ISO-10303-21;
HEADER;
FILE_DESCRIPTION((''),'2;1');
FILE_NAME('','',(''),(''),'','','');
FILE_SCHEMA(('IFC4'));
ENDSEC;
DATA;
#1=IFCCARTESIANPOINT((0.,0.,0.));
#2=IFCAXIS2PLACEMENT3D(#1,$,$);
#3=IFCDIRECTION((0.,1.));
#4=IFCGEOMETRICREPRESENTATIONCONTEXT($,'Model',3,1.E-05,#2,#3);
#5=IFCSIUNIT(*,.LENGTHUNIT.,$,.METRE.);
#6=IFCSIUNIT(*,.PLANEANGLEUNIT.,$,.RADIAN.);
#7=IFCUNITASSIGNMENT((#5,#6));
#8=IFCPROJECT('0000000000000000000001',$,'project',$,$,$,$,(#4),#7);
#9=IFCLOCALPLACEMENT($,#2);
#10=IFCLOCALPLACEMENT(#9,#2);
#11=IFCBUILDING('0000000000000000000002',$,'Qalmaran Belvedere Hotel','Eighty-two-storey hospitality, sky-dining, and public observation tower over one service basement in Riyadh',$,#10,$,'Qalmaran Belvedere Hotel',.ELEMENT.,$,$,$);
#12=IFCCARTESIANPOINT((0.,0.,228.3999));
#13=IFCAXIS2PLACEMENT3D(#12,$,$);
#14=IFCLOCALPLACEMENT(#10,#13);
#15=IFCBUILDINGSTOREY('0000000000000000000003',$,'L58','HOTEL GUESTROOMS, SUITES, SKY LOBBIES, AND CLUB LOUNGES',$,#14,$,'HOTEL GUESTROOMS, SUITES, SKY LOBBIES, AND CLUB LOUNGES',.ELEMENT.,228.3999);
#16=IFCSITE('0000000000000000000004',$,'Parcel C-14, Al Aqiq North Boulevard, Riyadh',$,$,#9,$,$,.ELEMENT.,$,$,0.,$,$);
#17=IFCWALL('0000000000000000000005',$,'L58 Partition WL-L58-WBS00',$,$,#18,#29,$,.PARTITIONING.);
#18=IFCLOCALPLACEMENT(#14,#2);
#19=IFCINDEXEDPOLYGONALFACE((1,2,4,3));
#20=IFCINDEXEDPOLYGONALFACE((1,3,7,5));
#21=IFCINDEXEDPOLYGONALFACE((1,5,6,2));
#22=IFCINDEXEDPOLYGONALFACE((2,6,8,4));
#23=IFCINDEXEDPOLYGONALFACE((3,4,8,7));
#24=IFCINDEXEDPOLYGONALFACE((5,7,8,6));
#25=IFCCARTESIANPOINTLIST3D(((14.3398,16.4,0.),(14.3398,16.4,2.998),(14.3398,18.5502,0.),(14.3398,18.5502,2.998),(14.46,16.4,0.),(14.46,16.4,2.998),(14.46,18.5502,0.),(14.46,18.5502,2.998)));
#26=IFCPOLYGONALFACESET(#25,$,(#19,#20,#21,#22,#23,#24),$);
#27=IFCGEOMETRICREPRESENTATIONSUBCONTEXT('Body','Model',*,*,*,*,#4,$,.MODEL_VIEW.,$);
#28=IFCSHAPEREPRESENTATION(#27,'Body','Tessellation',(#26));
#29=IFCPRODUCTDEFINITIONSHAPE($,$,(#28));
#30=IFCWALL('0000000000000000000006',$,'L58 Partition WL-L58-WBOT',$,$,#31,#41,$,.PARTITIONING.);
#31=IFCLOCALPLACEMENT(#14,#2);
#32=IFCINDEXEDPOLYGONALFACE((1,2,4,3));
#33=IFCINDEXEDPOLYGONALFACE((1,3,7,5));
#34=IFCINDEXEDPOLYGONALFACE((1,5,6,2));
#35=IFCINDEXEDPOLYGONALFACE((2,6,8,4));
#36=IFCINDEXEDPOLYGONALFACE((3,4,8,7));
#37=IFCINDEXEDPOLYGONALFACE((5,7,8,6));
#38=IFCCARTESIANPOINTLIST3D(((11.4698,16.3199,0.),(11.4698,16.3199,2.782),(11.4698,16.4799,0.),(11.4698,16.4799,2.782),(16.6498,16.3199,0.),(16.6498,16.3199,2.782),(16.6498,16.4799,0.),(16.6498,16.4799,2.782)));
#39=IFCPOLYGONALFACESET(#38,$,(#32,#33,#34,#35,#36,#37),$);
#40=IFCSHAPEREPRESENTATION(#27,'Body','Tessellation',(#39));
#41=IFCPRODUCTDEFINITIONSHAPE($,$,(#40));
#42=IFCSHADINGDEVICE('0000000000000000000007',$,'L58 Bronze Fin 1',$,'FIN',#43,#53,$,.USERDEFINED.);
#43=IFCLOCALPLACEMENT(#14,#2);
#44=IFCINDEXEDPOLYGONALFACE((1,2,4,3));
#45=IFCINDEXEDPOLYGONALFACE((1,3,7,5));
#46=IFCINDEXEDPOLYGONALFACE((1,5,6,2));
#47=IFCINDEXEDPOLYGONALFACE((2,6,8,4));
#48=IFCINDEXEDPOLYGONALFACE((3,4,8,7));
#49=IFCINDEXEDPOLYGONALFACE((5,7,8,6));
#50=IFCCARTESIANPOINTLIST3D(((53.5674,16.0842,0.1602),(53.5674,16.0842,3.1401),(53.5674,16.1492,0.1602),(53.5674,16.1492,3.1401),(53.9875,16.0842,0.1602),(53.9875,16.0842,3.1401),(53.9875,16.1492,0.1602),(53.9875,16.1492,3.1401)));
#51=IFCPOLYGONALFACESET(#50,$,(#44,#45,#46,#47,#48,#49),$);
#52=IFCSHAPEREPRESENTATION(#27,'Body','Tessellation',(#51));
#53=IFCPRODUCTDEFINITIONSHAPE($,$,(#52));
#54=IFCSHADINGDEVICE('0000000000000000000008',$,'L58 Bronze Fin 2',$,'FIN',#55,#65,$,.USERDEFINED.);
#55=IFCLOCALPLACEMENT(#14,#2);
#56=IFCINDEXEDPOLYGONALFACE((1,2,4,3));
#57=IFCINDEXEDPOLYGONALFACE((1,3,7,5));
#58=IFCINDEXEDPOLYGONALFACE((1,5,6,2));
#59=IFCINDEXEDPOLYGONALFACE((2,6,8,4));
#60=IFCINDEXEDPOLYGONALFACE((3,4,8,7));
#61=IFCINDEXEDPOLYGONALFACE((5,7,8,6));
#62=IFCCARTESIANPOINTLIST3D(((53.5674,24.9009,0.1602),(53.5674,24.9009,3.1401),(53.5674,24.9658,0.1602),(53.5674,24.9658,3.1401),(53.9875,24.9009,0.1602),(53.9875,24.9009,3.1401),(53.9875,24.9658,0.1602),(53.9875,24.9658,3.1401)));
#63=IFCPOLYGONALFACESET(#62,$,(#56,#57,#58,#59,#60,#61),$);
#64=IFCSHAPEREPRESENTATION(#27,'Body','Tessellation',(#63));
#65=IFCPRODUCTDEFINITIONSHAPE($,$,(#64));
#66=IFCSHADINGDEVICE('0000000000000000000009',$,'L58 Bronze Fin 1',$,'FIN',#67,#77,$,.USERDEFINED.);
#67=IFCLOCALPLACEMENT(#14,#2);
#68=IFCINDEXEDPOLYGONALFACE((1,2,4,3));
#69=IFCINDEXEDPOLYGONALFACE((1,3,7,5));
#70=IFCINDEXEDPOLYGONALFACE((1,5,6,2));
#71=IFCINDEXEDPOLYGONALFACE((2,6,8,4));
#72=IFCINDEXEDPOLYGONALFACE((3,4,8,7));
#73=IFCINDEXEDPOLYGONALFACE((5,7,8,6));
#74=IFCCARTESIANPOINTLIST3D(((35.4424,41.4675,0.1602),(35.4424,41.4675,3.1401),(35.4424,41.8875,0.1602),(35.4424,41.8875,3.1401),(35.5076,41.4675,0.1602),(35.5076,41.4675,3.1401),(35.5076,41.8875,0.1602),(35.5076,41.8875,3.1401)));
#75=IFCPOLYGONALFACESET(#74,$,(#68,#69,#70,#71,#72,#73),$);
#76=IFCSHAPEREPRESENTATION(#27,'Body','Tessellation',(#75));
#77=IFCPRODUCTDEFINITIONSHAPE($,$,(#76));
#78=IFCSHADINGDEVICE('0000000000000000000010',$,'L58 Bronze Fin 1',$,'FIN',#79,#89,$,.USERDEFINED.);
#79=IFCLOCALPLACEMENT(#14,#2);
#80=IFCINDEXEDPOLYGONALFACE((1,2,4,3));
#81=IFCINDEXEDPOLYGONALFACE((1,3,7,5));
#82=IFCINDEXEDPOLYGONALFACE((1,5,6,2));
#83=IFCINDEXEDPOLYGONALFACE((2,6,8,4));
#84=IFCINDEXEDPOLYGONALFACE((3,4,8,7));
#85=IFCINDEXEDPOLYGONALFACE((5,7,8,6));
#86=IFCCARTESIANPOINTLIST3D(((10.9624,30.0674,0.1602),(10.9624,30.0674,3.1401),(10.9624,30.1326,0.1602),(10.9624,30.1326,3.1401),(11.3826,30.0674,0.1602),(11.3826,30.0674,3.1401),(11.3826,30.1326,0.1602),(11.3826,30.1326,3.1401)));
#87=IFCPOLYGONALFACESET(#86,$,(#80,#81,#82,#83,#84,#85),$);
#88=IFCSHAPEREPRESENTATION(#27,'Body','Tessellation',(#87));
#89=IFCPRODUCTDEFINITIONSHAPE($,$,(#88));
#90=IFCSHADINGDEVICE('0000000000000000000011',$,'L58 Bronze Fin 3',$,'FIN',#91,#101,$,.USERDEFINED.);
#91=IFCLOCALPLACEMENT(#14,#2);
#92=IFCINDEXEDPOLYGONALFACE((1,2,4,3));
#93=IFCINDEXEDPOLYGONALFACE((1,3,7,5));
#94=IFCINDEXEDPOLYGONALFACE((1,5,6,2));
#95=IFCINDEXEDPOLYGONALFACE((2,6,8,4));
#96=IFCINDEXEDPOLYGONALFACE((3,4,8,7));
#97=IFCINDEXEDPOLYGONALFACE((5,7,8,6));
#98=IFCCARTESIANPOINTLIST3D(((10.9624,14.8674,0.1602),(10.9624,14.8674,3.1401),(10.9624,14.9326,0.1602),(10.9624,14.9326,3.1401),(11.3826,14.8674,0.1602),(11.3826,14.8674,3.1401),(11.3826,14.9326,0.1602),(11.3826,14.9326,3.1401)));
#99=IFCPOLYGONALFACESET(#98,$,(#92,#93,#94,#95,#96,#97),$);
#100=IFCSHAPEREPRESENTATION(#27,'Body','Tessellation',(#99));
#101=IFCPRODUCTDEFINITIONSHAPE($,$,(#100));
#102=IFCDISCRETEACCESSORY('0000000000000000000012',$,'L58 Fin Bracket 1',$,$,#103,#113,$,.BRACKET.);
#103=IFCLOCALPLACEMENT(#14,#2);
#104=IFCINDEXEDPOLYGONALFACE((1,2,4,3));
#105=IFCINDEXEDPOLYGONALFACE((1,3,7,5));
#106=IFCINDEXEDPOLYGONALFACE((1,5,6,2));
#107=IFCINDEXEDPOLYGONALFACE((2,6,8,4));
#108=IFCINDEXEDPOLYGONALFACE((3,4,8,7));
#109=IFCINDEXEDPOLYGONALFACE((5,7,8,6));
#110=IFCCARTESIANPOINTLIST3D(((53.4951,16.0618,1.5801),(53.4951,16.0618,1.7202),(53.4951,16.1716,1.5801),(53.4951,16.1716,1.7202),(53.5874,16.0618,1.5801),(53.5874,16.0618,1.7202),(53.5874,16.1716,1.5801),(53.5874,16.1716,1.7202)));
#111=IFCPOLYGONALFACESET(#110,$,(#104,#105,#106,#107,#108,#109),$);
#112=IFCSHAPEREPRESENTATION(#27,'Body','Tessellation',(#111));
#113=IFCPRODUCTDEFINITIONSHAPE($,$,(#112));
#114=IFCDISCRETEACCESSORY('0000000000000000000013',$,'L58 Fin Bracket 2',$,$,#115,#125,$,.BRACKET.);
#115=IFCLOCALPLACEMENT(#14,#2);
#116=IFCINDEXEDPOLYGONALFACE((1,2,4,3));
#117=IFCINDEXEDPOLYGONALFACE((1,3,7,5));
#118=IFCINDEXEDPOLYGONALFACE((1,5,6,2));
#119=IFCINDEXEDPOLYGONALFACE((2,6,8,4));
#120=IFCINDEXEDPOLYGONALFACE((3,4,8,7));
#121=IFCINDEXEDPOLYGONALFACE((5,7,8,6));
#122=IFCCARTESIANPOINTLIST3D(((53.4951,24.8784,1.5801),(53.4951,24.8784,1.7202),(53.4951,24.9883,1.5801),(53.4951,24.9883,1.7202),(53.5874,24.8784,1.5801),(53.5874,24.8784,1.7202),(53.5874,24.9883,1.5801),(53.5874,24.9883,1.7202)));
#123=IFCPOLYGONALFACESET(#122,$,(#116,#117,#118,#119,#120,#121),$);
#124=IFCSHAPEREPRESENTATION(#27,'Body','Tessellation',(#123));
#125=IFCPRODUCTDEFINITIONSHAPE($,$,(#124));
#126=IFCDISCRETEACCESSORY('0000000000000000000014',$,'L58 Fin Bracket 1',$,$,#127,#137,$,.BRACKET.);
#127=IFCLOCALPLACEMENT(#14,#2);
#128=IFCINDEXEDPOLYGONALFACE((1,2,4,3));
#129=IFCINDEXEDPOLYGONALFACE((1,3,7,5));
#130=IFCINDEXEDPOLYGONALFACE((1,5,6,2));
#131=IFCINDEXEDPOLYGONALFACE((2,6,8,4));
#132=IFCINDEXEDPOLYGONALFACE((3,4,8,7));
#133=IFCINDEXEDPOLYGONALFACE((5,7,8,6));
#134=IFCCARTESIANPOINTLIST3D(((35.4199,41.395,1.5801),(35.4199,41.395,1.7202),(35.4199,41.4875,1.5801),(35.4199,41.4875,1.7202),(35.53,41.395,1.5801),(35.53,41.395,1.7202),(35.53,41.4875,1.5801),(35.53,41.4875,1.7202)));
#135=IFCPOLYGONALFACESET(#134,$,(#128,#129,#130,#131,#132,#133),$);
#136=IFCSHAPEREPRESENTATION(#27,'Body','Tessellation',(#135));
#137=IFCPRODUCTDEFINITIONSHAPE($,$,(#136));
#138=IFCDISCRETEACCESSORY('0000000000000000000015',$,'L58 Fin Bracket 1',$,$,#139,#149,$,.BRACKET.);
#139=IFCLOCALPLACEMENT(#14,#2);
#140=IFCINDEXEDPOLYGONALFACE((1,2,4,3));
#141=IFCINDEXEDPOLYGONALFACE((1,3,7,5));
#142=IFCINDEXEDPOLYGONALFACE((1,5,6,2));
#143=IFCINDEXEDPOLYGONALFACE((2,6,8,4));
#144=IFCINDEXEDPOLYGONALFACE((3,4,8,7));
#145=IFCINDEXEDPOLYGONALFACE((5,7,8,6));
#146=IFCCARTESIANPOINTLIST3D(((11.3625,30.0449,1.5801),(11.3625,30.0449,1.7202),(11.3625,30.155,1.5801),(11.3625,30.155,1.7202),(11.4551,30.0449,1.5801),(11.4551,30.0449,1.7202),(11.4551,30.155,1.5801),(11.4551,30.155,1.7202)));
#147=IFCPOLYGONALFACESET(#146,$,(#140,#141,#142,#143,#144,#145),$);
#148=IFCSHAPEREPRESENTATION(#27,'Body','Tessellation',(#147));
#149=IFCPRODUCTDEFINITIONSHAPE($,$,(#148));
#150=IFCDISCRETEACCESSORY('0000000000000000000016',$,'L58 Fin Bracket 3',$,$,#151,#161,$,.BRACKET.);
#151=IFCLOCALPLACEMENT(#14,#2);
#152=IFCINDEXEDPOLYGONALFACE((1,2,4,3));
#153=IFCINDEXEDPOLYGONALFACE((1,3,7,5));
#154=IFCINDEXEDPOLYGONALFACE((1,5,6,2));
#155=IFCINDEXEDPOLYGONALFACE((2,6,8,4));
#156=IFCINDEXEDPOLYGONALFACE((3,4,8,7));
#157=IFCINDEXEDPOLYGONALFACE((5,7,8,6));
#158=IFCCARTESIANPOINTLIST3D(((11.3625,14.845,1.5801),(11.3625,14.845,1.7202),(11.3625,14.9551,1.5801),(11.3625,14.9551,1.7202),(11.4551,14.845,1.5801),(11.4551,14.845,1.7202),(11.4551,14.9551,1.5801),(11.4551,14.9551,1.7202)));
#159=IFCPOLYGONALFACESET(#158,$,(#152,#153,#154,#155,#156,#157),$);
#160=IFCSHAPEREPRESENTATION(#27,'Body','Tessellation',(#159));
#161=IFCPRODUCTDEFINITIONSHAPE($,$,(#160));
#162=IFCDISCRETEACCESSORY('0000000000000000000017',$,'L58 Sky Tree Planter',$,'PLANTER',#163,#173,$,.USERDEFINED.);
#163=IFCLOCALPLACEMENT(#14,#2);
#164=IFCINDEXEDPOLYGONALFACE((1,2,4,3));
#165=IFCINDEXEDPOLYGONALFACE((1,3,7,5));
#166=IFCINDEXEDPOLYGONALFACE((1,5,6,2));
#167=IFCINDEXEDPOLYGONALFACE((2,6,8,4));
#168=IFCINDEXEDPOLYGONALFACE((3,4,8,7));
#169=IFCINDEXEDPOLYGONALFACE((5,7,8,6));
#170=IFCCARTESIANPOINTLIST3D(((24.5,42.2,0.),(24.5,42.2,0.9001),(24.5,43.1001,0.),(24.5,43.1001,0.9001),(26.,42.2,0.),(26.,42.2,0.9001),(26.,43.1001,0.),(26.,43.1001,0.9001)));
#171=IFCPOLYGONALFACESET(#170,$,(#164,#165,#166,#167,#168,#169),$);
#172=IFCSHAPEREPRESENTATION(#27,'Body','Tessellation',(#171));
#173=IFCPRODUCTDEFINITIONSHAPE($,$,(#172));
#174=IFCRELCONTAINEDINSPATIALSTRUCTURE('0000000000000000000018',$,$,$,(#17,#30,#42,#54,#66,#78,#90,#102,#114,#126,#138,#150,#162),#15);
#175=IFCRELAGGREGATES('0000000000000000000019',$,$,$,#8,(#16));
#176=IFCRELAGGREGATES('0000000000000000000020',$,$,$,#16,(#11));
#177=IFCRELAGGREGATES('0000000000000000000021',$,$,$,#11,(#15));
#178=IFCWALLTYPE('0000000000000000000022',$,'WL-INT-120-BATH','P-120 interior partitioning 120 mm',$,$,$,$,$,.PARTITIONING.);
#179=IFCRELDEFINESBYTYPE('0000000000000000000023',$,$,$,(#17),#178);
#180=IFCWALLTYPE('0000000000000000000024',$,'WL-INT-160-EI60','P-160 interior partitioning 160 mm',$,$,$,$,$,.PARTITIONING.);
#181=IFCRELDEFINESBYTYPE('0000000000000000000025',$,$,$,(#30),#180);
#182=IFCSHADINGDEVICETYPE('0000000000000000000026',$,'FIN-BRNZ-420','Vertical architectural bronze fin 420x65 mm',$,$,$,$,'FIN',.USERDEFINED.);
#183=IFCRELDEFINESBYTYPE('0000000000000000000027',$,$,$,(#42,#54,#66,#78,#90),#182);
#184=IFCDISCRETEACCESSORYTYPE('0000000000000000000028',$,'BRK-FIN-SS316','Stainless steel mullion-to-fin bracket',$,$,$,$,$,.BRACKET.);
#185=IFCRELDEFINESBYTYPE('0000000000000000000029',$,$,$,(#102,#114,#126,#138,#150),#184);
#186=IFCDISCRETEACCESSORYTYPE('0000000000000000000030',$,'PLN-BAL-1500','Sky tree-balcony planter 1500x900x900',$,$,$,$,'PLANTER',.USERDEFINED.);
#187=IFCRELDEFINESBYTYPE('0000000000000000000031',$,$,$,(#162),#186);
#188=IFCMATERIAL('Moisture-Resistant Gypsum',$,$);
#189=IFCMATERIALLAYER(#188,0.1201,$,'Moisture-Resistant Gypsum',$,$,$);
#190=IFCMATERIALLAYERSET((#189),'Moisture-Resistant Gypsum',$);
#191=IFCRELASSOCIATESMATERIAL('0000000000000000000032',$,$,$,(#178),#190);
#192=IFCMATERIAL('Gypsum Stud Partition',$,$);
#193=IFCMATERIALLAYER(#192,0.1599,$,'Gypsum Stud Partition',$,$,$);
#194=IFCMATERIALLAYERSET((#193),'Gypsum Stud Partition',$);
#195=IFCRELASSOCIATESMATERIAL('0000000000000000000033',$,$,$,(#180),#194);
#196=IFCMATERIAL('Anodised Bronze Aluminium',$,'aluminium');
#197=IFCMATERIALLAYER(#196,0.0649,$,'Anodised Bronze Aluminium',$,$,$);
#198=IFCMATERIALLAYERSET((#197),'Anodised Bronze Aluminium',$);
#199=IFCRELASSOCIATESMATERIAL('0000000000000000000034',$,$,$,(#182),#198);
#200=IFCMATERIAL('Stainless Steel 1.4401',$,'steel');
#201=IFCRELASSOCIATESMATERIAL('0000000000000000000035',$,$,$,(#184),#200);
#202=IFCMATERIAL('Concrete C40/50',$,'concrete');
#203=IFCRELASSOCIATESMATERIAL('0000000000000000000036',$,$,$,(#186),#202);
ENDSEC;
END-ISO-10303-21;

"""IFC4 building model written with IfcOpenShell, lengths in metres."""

from ifc_helpers import new_model, si_unit, direction, frame, frame_2d, origin, place, context, subcontext, project, spatial, polyline, rectangle, outline, extrude, material, layer, layer_set, type_object, element, save


model = new_model("IFC4")

# Units and contexts
model_context = context("Model", 3, precision=1e-05, world=origin(), true_north=direction((0.0, 1.0)))
body_context = subcontext(model_context, "Body", "Model", "MODEL_VIEW")
ifc_project = project(units=[si_unit("LENGTHUNIT", "METRE"), si_unit("PLANEANGLEUNIT", "RADIAN")], contexts=[model_context])

# Site, building, storey
site_placement = place(None, origin())
site = spatial("IfcSite", under=ifc_project, at=site_placement, Name="Parcel C-14, Al Aqiq North Boulevard, Riyadh", CompositionType="ELEMENT", RefElevation=0.0)
building_placement = place(site_placement, origin())
building = spatial("IfcBuilding", under=site, at=building_placement, Name="Qalmaran Belvedere Hotel", Description="Eighty-two-storey hospitality, sky-dining, and public observation tower over one service basement in Riyadh", LongName="Qalmaran Belvedere Hotel", CompositionType="ELEMENT")
storey_placement = place(building_placement, frame((0.0, 0.0, 228.3999)))
storey = spatial("IfcBuildingStorey", under=building, at=storey_placement, Name="L58", Description="HOTEL GUESTROOMS, SUITES, SKY LOBBIES, AND CLUB LOUNGES", LongName="HOTEL GUESTROOMS, SUITES, SKY LOBBIES, AND CLUB LOUNGES", CompositionType="ELEMENT", Elevation=228.3999)

# Shared definitions
ifc_material_1 = material(Name="Anodised Bronze Aluminium", Category="aluminium")

# Shared definitions
ifc_material_2 = material(Name="Concrete C40/50", Category="concrete")

# Walls
ifc_material_3 = material(Name="Moisture-Resistant Gypsum")
ifc_layer_1 = layer(ifc_material_3, 0.1201, Name="Moisture-Resistant Gypsum")
ifc_layer_set_1 = layer_set([ifc_layer_1], Name="Moisture-Resistant Gypsum")
wall_type_1 = type_object("IfcWallType", Name="WL-INT-120-BATH", Description="P-120 interior partitioning 120 mm", PredefinedType="PARTITIONING", material=ifc_layer_set_1)
wall_1_placement = place(storey_placement, frame((14.3999, 16.3999, 0.0), z_axis=(0.0, 0.0, 1.0), x_axis=(0.0, 1.0, 0.0)))
element("IfcWall", 1, at=wall_1_placement, inside=storey, type_object=wall_type_1, Name="L58 Partition WL-L58-WBS00", PredefinedType="PARTITIONING", context=body_context, shape_type="SweptSolid", body=[
    extrude(rectangle(XDim=2.1501, YDim=0.1201, at=frame_2d((1.0752, 0.0))), origin(), (0.0, 0.0, 1.0), 2.998),
])
ifc_material_4 = material(Name="Gypsum Stud Partition")
ifc_layer_2 = layer(ifc_material_4, 0.1599, Name="Gypsum Stud Partition")
ifc_layer_set_2 = layer_set([ifc_layer_2], Name="Gypsum Stud Partition")
wall_type_2 = type_object("IfcWallType", Name="WL-INT-160-EI60", Description="P-160 interior partitioning 160 mm", PredefinedType="PARTITIONING", material=ifc_layer_set_2)
wall_2_placement = place(storey_placement, frame((11.47, 16.3999, 0.0), z_axis=(0.0, 0.0, 1.0), x_axis=(1.0, 0.0, 0.0)))
element("IfcWall", 2, at=wall_2_placement, inside=storey, type_object=wall_type_2, Name="L58 Partition WL-L58-WBOT", PredefinedType="PARTITIONING", context=body_context, shape_type="SweptSolid", body=[
    extrude(rectangle(XDim=5.1799, YDim=0.1599, at=frame_2d((2.5898, 0.0))), origin(), (0.0, 0.0, 1.0), 2.782),
])

# Shading devices
ifc_layer_3 = layer(ifc_material_1, 0.0649, Name="Anodised Bronze Aluminium")
ifc_layer_set_3 = layer_set([ifc_layer_3], Name="Anodised Bronze Aluminium")
shading_device_type = type_object("IfcShadingDeviceType", Name="FIN-BRNZ-420", Description="Vertical architectural bronze fin 420x65 mm", ElementType="FIN", PredefinedType="USERDEFINED", material=ifc_layer_set_3)
shading_device_1_placement = place(storey_placement, frame((0.0, 0.0, 0.1602)))
element("IfcShadingDevice", 3, at=shading_device_1_placement, inside=storey, type_object=shading_device_type, Name="L58 Bronze Fin 1", ObjectType="FIN", PredefinedType="USERDEFINED", context=body_context, shape_type="SweptSolid", body=[
    extrude(outline(polyline([(53.5674, 16.0842), (53.9875, 16.0842), (53.9875, 16.1492), (53.5674, 16.1492), (53.5674, 16.0842)])), origin(), (0.0, 0.0, 1.0), 2.98),
])
shading_device_2_placement = place(storey_placement, frame((0.0, 0.0, 0.1602)))
element("IfcShadingDevice", 4, at=shading_device_2_placement, inside=storey, type_object=shading_device_type, Name="L58 Bronze Fin 2", ObjectType="FIN", PredefinedType="USERDEFINED", context=body_context, shape_type="SweptSolid", body=[
    extrude(outline(polyline([(53.5674, 24.9009), (53.9875, 24.9009), (53.9875, 24.9658), (53.5674, 24.9658), (53.5674, 24.9009)])), origin(), (0.0, 0.0, 1.0), 2.98),
])
shading_device_3_placement = place(storey_placement, frame((0.0, 0.0, 0.1602)))
element("IfcShadingDevice", 5, at=shading_device_3_placement, inside=storey, type_object=shading_device_type, Name="L58 Bronze Fin 1", ObjectType="FIN", PredefinedType="USERDEFINED", context=body_context, shape_type="SweptSolid", body=[
    extrude(outline(polyline([(35.5076, 41.4675), (35.5076, 41.8875), (35.4424, 41.8875), (35.4424, 41.4675), (35.5076, 41.4675)])), origin(), (0.0, 0.0, 1.0), 2.98),
])
shading_device_4_placement = place(storey_placement, frame((0.0, 0.0, 0.1602)))
element("IfcShadingDevice", 6, at=shading_device_4_placement, inside=storey, type_object=shading_device_type, Name="L58 Bronze Fin 1", ObjectType="FIN", PredefinedType="USERDEFINED", context=body_context, shape_type="SweptSolid", body=[
    extrude(outline(polyline([(11.3826, 30.1326), (10.9624, 30.1326), (10.9624, 30.0674), (11.3826, 30.0674), (11.3826, 30.1326)])), origin(), (0.0, 0.0, 1.0), 2.98),
])
shading_device_5_placement = place(storey_placement, frame((0.0, 0.0, 0.1602)))
element("IfcShadingDevice", 7, at=shading_device_5_placement, inside=storey, type_object=shading_device_type, Name="L58 Bronze Fin 3", ObjectType="FIN", PredefinedType="USERDEFINED", context=body_context, shape_type="SweptSolid", body=[
    extrude(outline(polyline([(11.3826, 14.9326), (10.9624, 14.9326), (10.9624, 14.8674), (11.3826, 14.8674), (11.3826, 14.9326)])), origin(), (0.0, 0.0, 1.0), 2.98),
])

# Discrete accessories
ifc_material_5 = material(Name="Stainless Steel 1.4401", Category="steel")
discrete_accessory_type_1 = type_object("IfcDiscreteAccessoryType", Name="BRK-FIN-SS316", Description="Stainless steel mullion-to-fin bracket", PredefinedType="BRACKET", material=ifc_material_5)
discrete_accessory_1_placement = place(storey_placement, frame((0.0, 0.0, 1.5801)))
element("IfcDiscreteAccessory", 8, at=discrete_accessory_1_placement, inside=storey, type_object=discrete_accessory_type_1, Name="L58 Fin Bracket 1", PredefinedType="BRACKET", context=body_context, shape_type="SweptSolid", body=[
    extrude(outline(polyline([(53.4951, 16.0618), (53.5874, 16.0618), (53.5874, 16.1716), (53.4951, 16.1716), (53.4951, 16.0618)])), origin(), (0.0, 0.0, 1.0), 0.1401),
])
discrete_accessory_2_placement = place(storey_placement, frame((0.0, 0.0, 1.5801)))
element("IfcDiscreteAccessory", 9, at=discrete_accessory_2_placement, inside=storey, type_object=discrete_accessory_type_1, Name="L58 Fin Bracket 2", PredefinedType="BRACKET", context=body_context, shape_type="SweptSolid", body=[
    extrude(outline(polyline([(53.4951, 24.8784), (53.5874, 24.8784), (53.5874, 24.9883), (53.4951, 24.9883), (53.4951, 24.8784)])), origin(), (0.0, 0.0, 1.0), 0.1401),
])
discrete_accessory_3_placement = place(storey_placement, frame((0.0, 0.0, 1.5801)))
element("IfcDiscreteAccessory", 10, at=discrete_accessory_3_placement, inside=storey, type_object=discrete_accessory_type_1, Name="L58 Fin Bracket 1", PredefinedType="BRACKET", context=body_context, shape_type="SweptSolid", body=[
    extrude(outline(polyline([(35.53, 41.395), (35.53, 41.4875), (35.4199, 41.4875), (35.4199, 41.395), (35.53, 41.395)])), origin(), (0.0, 0.0, 1.0), 0.1401),
])
discrete_accessory_4_placement = place(storey_placement, frame((0.0, 0.0, 1.5801)))
element("IfcDiscreteAccessory", 11, at=discrete_accessory_4_placement, inside=storey, type_object=discrete_accessory_type_1, Name="L58 Fin Bracket 1", PredefinedType="BRACKET", context=body_context, shape_type="SweptSolid", body=[
    extrude(outline(polyline([(11.4551, 30.155), (11.3625, 30.155), (11.3625, 30.0449), (11.4551, 30.0449), (11.4551, 30.155)])), origin(), (0.0, 0.0, 1.0), 0.1401),
])
discrete_accessory_5_placement = place(storey_placement, frame((0.0, 0.0, 1.5801)))
element("IfcDiscreteAccessory", 12, at=discrete_accessory_5_placement, inside=storey, type_object=discrete_accessory_type_1, Name="L58 Fin Bracket 3", PredefinedType="BRACKET", context=body_context, shape_type="SweptSolid", body=[
    extrude(outline(polyline([(11.4551, 14.9551), (11.3625, 14.9551), (11.3625, 14.845), (11.4551, 14.845), (11.4551, 14.9551)])), origin(), (0.0, 0.0, 1.0), 0.1401),
])
discrete_accessory_type_2 = type_object("IfcDiscreteAccessoryType", Name="PLN-BAL-1500", Description="Sky tree-balcony planter 1500x900x900", ElementType="PLANTER", PredefinedType="USERDEFINED", material=ifc_material_2)
discrete_accessory_6_placement = place(storey_placement, origin())
element("IfcDiscreteAccessory", 13, at=discrete_accessory_6_placement, inside=storey, type_object=discrete_accessory_type_2, Name="L58 Sky Tree Planter", ObjectType="PLANTER", PredefinedType="USERDEFINED", context=body_context, shape_type="SweptSolid", body=[
    extrude(outline(polyline([(24.5, 42.2), (26.0, 42.2), (26.0, 43.1001), (24.5, 43.1001), (24.5, 42.2)])), origin(), (0.0, 0.0, 1.0), 0.9001),
])

save(model, "model.ifc")
